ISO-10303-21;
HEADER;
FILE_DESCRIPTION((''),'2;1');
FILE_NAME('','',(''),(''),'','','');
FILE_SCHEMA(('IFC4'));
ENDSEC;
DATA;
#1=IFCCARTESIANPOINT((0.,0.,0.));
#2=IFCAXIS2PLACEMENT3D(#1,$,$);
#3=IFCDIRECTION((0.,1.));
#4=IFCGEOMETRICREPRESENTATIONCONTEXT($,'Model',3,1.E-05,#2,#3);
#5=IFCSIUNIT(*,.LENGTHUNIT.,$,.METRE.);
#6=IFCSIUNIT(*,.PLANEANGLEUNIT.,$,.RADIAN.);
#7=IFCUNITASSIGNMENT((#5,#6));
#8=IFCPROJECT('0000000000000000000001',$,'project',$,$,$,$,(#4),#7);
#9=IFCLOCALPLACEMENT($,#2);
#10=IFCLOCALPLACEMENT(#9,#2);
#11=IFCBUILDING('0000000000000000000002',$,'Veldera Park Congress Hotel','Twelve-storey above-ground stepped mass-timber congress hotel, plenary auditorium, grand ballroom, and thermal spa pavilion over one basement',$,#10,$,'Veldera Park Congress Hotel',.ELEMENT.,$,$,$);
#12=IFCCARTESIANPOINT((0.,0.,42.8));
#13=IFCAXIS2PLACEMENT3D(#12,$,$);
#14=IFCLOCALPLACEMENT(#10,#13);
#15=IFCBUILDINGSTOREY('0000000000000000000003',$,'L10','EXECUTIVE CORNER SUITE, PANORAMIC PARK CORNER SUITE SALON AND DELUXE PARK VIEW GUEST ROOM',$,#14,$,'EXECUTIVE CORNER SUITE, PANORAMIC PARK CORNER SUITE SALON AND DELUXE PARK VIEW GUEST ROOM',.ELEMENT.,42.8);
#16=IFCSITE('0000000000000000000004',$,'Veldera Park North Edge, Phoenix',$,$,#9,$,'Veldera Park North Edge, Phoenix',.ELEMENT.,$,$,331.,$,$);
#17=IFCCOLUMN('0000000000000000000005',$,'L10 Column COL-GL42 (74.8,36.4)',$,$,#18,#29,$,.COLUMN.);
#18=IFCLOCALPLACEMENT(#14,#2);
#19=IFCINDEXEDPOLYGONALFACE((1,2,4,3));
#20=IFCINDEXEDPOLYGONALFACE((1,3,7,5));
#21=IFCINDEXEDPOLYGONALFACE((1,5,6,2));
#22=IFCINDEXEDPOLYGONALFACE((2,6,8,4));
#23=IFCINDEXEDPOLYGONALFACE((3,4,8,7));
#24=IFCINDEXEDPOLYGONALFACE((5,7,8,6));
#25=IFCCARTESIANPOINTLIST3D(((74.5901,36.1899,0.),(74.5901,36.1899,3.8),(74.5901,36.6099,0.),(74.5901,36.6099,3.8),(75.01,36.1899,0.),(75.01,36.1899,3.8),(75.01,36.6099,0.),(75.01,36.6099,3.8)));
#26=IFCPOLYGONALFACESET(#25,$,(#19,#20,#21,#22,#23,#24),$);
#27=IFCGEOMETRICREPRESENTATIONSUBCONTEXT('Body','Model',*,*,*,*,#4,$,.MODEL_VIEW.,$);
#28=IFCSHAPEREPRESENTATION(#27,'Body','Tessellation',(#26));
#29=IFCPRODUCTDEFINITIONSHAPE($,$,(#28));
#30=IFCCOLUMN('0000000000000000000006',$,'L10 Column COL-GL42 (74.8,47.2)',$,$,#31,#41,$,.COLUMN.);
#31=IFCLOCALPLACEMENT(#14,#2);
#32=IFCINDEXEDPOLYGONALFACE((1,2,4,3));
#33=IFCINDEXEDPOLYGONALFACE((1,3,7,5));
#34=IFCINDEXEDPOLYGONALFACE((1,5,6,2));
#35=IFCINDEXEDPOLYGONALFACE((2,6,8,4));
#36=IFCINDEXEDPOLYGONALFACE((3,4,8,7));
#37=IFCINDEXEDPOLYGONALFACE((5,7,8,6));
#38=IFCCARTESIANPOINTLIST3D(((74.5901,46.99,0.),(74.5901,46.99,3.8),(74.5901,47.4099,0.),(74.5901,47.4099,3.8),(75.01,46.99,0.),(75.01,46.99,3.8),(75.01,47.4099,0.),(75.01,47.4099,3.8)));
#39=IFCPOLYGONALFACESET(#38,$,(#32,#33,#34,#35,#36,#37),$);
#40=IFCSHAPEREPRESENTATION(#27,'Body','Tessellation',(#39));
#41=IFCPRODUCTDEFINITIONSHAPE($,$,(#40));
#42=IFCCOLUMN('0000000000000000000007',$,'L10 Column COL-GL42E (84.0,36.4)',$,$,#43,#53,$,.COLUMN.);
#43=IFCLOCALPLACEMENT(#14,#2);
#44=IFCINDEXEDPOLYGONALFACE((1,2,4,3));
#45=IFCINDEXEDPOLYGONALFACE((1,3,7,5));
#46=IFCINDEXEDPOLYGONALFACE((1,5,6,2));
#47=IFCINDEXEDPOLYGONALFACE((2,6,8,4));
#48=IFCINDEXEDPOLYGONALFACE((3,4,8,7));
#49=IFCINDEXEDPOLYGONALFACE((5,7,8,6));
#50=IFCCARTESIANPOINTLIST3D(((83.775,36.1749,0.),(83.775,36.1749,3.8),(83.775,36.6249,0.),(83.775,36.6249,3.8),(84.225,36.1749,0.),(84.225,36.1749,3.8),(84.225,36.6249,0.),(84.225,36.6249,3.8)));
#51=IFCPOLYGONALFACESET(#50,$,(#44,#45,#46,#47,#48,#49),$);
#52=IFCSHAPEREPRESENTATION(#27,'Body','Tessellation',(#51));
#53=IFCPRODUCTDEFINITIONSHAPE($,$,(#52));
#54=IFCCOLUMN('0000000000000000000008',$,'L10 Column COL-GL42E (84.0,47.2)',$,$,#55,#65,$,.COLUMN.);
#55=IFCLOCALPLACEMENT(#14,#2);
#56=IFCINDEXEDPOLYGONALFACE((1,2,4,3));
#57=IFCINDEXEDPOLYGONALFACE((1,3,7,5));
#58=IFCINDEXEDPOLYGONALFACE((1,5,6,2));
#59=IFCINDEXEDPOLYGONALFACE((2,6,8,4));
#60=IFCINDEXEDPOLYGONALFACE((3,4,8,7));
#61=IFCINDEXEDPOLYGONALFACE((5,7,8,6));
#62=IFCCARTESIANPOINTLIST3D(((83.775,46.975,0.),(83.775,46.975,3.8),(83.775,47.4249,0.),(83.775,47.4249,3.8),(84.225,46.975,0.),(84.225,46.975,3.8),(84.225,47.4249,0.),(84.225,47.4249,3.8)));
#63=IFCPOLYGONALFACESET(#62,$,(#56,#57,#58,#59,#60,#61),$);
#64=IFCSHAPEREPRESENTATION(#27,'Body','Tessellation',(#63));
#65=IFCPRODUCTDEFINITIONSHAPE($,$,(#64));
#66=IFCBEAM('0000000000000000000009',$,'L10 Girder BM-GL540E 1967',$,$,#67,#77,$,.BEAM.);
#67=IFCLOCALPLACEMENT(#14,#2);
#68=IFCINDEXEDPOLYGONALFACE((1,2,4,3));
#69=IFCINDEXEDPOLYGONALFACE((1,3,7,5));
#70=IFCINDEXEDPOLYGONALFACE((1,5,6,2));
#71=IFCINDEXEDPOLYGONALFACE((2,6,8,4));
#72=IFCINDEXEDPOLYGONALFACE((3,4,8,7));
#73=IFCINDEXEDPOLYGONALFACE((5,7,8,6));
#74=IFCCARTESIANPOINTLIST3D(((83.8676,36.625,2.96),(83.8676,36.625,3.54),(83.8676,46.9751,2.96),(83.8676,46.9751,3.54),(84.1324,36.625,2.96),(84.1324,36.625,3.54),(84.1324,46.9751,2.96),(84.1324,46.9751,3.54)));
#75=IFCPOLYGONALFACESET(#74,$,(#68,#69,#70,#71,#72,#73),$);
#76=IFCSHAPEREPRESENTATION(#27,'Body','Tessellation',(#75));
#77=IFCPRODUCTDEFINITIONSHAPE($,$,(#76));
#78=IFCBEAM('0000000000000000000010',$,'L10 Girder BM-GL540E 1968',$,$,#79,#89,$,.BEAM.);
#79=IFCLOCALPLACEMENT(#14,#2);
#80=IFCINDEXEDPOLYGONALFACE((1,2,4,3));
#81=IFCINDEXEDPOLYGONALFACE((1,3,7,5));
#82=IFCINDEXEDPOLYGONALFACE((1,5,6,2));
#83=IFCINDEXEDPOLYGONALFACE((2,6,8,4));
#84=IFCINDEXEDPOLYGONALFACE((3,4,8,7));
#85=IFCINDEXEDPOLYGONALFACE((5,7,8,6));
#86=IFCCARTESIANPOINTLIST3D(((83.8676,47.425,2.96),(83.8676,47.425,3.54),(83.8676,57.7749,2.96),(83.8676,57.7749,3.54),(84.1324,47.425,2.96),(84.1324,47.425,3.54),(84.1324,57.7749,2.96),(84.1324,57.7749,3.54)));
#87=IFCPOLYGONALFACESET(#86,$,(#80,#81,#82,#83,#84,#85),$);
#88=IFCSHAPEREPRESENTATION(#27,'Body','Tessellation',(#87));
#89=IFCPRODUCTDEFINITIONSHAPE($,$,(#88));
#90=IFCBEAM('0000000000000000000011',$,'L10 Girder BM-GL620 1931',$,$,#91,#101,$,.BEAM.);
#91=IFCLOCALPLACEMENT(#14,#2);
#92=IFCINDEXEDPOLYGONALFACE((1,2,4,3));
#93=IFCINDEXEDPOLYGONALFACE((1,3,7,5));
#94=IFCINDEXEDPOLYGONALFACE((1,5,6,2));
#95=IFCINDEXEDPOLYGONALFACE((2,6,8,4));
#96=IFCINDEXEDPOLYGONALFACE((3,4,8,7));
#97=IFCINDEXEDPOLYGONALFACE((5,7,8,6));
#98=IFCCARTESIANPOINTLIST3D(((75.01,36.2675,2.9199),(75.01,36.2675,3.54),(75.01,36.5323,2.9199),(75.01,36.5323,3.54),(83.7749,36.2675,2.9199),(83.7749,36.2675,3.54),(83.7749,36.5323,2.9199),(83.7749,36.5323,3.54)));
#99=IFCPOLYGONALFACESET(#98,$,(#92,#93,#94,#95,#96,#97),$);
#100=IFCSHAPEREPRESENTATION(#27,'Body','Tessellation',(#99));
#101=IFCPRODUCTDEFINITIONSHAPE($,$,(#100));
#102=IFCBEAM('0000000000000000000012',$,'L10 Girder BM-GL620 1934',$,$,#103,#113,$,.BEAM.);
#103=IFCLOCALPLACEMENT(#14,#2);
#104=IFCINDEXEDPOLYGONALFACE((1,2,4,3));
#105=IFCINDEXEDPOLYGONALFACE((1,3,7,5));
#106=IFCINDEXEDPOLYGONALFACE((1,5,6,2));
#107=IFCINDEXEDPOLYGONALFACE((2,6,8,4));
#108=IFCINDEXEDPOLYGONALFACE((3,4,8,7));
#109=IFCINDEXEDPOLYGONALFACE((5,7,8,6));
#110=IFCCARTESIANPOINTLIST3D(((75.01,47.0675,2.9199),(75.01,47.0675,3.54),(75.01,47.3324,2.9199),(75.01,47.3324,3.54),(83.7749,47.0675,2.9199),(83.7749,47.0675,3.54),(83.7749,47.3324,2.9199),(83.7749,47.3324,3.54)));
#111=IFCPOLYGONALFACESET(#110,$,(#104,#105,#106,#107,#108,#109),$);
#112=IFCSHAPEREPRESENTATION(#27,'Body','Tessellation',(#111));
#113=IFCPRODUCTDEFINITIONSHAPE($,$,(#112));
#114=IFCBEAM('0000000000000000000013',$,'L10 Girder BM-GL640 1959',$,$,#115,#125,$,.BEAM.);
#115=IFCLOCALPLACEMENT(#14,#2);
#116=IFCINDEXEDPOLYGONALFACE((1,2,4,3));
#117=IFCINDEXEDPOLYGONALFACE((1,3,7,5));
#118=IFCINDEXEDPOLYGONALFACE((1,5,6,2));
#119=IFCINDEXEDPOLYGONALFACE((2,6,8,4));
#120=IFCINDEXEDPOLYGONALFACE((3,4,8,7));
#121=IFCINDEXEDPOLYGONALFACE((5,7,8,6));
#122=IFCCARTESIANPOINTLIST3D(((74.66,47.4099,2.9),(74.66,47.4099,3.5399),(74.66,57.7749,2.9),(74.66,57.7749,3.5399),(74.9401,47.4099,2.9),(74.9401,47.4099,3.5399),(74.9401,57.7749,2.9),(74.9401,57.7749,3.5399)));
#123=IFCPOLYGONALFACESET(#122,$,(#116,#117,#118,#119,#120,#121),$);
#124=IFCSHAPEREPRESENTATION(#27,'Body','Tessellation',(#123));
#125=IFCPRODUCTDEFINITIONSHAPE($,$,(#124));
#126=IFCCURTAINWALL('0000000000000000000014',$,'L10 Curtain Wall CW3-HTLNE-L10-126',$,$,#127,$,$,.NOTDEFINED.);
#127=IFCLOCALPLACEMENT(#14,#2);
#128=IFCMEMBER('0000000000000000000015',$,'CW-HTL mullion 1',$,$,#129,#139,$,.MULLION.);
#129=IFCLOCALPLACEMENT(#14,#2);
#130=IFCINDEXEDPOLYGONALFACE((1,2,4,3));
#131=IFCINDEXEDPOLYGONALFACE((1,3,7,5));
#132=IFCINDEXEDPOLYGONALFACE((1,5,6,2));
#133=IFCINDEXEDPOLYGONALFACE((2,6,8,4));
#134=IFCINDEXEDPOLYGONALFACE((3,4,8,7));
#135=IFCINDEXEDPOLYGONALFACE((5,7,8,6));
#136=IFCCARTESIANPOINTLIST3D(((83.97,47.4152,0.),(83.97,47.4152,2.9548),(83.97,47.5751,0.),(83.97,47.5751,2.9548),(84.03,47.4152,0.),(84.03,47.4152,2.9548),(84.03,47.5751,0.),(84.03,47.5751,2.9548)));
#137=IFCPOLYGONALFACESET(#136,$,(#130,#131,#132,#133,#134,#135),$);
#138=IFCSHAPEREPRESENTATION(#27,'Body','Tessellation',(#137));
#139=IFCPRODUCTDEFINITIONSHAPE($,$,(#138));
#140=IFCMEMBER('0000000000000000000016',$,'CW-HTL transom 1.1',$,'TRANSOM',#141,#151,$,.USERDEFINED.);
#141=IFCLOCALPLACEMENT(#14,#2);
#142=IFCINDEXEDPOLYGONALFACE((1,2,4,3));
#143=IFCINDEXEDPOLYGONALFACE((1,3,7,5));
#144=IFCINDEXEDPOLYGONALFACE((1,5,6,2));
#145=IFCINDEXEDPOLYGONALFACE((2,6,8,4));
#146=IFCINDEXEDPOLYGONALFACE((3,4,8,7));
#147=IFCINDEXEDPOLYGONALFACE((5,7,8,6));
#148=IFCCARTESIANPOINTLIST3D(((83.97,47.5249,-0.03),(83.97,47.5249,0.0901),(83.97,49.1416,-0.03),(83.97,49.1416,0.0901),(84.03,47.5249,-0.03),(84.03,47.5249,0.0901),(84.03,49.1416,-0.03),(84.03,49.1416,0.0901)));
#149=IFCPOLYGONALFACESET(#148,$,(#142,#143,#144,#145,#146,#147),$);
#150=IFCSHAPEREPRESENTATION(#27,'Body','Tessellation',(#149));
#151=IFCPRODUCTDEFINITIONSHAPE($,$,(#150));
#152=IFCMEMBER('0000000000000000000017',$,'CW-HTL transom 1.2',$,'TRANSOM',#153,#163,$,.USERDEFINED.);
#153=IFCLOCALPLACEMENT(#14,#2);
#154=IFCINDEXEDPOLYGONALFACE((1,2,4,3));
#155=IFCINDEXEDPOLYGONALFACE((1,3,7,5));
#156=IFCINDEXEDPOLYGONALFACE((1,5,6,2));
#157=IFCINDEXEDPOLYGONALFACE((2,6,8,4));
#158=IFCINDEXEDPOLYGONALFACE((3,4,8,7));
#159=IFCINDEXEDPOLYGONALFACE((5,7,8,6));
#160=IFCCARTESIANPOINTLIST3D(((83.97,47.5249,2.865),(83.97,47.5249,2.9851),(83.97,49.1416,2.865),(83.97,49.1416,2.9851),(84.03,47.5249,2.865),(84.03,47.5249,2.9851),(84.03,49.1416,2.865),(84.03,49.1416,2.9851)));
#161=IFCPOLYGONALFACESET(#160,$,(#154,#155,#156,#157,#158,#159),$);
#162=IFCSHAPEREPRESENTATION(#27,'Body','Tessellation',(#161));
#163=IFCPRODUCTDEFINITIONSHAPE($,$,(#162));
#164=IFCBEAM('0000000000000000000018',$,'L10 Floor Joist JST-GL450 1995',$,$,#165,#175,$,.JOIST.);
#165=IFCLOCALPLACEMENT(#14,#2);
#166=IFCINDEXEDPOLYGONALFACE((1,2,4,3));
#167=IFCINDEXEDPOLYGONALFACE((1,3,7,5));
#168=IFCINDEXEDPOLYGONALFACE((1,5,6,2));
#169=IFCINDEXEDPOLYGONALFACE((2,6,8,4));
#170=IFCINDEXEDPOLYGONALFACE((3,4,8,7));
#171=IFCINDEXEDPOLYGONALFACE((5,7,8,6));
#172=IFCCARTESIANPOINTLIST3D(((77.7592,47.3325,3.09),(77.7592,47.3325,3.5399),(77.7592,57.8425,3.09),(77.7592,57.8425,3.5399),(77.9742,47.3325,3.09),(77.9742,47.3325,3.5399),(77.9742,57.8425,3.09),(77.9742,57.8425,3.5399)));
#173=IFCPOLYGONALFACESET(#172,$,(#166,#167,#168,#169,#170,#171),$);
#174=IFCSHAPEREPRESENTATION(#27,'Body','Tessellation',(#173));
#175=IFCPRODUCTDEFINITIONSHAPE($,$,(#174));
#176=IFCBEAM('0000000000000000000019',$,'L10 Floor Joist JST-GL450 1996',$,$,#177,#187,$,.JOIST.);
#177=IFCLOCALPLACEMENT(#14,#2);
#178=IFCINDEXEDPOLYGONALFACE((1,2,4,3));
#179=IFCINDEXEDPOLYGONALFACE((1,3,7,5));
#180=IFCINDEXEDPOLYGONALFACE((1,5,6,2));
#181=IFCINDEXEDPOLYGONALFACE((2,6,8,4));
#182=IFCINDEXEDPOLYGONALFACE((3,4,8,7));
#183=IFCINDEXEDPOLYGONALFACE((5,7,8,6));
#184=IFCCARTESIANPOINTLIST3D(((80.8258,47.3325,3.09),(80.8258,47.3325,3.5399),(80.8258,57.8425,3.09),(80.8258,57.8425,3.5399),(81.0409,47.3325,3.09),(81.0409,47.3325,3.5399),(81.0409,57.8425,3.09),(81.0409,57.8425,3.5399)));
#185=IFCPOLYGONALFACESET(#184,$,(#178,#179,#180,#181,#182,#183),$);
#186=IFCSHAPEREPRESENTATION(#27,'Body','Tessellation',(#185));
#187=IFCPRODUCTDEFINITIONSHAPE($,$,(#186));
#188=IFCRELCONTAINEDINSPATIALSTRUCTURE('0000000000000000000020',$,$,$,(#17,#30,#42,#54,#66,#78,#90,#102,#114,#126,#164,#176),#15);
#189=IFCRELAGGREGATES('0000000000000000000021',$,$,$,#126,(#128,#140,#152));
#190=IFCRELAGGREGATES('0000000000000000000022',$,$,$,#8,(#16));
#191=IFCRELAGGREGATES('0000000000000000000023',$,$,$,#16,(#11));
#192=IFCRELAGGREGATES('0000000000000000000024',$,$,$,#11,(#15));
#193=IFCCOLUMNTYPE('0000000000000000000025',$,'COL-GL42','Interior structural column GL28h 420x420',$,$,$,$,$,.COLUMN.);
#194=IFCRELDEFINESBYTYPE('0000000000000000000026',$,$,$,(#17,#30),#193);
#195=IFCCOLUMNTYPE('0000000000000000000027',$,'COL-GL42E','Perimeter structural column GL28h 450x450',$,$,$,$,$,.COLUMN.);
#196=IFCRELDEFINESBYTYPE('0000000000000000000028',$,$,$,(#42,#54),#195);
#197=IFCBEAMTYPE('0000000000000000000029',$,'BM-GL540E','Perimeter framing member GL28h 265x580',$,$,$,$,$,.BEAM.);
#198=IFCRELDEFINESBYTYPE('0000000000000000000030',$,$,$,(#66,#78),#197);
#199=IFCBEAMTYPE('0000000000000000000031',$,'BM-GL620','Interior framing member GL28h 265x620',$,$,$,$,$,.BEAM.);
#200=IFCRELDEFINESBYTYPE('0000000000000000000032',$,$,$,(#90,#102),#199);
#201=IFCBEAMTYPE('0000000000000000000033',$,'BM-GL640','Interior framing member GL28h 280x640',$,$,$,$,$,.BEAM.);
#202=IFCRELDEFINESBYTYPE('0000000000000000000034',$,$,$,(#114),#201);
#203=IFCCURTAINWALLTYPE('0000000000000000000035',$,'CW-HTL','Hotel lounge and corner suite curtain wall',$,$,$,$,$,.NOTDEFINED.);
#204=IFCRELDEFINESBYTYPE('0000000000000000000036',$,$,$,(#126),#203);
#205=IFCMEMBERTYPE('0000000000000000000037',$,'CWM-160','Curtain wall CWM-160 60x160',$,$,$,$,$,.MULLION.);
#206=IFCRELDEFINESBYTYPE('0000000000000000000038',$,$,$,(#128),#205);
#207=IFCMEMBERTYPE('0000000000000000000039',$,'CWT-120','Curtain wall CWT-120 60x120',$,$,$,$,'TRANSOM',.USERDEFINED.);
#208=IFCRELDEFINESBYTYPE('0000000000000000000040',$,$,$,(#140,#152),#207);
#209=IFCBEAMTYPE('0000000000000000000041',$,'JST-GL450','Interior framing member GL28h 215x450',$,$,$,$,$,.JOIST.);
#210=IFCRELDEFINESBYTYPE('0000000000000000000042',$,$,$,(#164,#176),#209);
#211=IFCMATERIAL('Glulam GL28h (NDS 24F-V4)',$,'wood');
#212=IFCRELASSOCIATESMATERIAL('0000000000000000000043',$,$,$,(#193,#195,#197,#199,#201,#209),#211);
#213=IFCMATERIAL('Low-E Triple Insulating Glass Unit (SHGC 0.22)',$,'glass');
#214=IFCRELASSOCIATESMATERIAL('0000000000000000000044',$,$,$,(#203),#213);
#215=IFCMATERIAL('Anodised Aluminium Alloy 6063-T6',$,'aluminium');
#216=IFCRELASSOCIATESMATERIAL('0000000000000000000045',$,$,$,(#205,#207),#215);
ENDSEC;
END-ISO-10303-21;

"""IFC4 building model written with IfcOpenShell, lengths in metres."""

from ifc_helpers import new_model, si_unit, direction, frame, origin, origin_2d, place, context, subcontext, project, spatial, rectangle, extrude, material, material_profile, profile_set, type_object, element, aggregate, save


model = new_model("IFC4")

# Units and contexts
model_context = context("Model", 3, precision=1e-05, world=origin(), true_north=direction((0.0, 1.0)))
body_context = subcontext(model_context, "Body", "Model", "MODEL_VIEW")
ifc_project = project(units=[si_unit("LENGTHUNIT", "METRE"), si_unit("PLANEANGLEUNIT", "RADIAN")], contexts=[model_context])

# Site, building, storey
site_placement = place(None, origin())
site = spatial("IfcSite", under=ifc_project, at=site_placement, Name="Veldera Park North Edge, Phoenix", LongName="Veldera Park North Edge, Phoenix", CompositionType="ELEMENT", RefElevation=331.0)
building_placement = place(site_placement, origin())
building = spatial("IfcBuilding", under=site, at=building_placement, Name="Veldera Park Congress Hotel", Description="Twelve-storey above-ground stepped mass-timber congress hotel, plenary auditorium, grand ballroom, and thermal spa pavilion over one basement", LongName="Veldera Park Congress Hotel", CompositionType="ELEMENT")
storey_placement = place(building_placement, frame((0.0, 0.0, 42.8)))
storey = spatial("IfcBuildingStorey", under=building, at=storey_placement, Name="L10", Description="EXECUTIVE CORNER SUITE, PANORAMIC PARK CORNER SUITE SALON AND DELUXE PARK VIEW GUEST ROOM", LongName="EXECUTIVE CORNER SUITE, PANORAMIC PARK CORNER SUITE SALON AND DELUXE PARK VIEW GUEST ROOM", CompositionType="ELEMENT", Elevation=42.8)

# Columns
ifc_material_1 = material(Name="Glulam GL28h (NDS 24F-V4)", Category="wood")
ifc_material_profile_1 = material_profile(ifc_material_1, rectangle(XDim=0.4199, YDim=0.4199, at=origin_2d()), Name="GL28h 420x420")
ifc_profile_set_1 = profile_set([ifc_material_profile_1], Name="Glulam GL28h (NDS 24F-V4)")
column_type_1 = type_object("IfcColumnType", Name="COL-GL42", Description="Interior structural column GL28h 420x420", PredefinedType="COLUMN", material=ifc_profile_set_1)
for number, where, z_axis, x_axis, name in (
    (1, (74.8, 36.3999, 0.0), (0.0, 0.0, 1.0), (1.0, 0.0, 0.0), "L10 Column COL-GL42 (74.8,36.4)"),
    (2, (74.8, 47.2, 0.0), (0.0, 0.0, 1.0), (1.0, 0.0, 0.0), "L10 Column COL-GL42 (74.8,47.2)"),
):
    element("IfcColumn", number, at=place(storey_placement, frame(where, z_axis=z_axis, x_axis=x_axis)), inside=storey, type_object=column_type_1, Name=name, PredefinedType="COLUMN", context=body_context, shape_type="SweptSolid", body=[
        extrude(rectangle(XDim=0.4199, YDim=0.4199, at=origin_2d()), origin(), (0.0, 0.0, 1.0), 3.8),
    ])
ifc_material_profile_2 = material_profile(ifc_material_1, rectangle(XDim=0.45, YDim=0.45, at=origin_2d()), Name="GL28h 450x450")
ifc_profile_set_2 = profile_set([ifc_material_profile_2], Name="Glulam GL28h (NDS 24F-V4)")
column_type_2 = type_object("IfcColumnType", Name="COL-GL42E", Description="Perimeter structural column GL28h 450x450", PredefinedType="COLUMN", material=ifc_profile_set_2)
for number, where, z_axis, x_axis, name in (
    (3, (84.0, 36.3999, 0.0), (0.0, 0.0, 1.0), (1.0, 0.0, 0.0), "L10 Column COL-GL42E (84.0,36.4)"),
    (4, (84.0, 47.2, 0.0), (0.0, 0.0, 1.0), (1.0, 0.0, 0.0), "L10 Column COL-GL42E (84.0,47.2)"),
):
    element("IfcColumn", number, at=place(storey_placement, frame(where, z_axis=z_axis, x_axis=x_axis)), inside=storey, type_object=column_type_2, Name=name, PredefinedType="COLUMN", context=body_context, shape_type="SweptSolid", body=[
        extrude(rectangle(XDim=0.45, YDim=0.45, at=origin_2d()), origin(), (0.0, 0.0, 1.0), 3.8),
    ])

# Beams
ifc_material_profile_3 = material_profile(ifc_material_1, rectangle(XDim=0.2649, YDim=0.5801, at=origin_2d()), Name="GL28h 265x580")
ifc_profile_set_3 = profile_set([ifc_material_profile_3], Name="Glulam GL28h (NDS 24F-V4)")
beam_type_1 = type_object("IfcBeamType", Name="BM-GL540E", Description="Perimeter framing member GL28h 265x580", PredefinedType="BEAM", material=ifc_profile_set_3)
beam_1_placement = place(storey_placement, frame((84.0, 36.625, 3.25), z_axis=(0.0, 1.0, 0.0), x_axis=(-1.0, 0.0, 0.0)))
element("IfcBeam", 5, at=beam_1_placement, inside=storey, type_object=beam_type_1, Name="L10 Girder BM-GL540E 1967", PredefinedType="BEAM", context=body_context, shape_type="SweptSolid", body=[
    extrude(rectangle(XDim=0.2649, YDim=0.5801, at=origin_2d()), origin(), (0.0, 0.0, 1.0), 10.3501),
])
beam_2_placement = place(storey_placement, frame((84.0, 47.425, 3.25), z_axis=(0.0, 1.0, 0.0), x_axis=(-1.0, 0.0, 0.0)))
element("IfcBeam", 6, at=beam_2_placement, inside=storey, type_object=beam_type_1, Name="L10 Girder BM-GL540E 1968", PredefinedType="BEAM", context=body_context, shape_type="SweptSolid", body=[
    extrude(rectangle(XDim=0.2649, YDim=0.5801, at=origin_2d()), origin(), (0.0, 0.0, 1.0), 10.3499),
])
ifc_material_profile_4 = material_profile(ifc_material_1, rectangle(XDim=0.2649, YDim=0.6201, at=origin_2d()), Name="GL28h 265x620")
ifc_profile_set_4 = profile_set([ifc_material_profile_4], Name="Glulam GL28h (NDS 24F-V4)")
beam_type_2 = type_object("IfcBeamType", Name="BM-GL620", Description="Interior framing member GL28h 265x620", PredefinedType="BEAM", material=ifc_profile_set_4)
for number, where, z_axis, x_axis, name in (
    (7, (75.01, 36.3999, 3.23), (1.0, 0.0, 0.0), (0.0, 1.0, 0.0), "L10 Girder BM-GL620 1931"),
    (8, (75.01, 47.2, 3.23), (1.0, 0.0, 0.0), (0.0, 1.0, 0.0), "L10 Girder BM-GL620 1934"),
):
    element("IfcBeam", number, at=place(storey_placement, frame(where, z_axis=z_axis, x_axis=x_axis)), inside=storey, type_object=beam_type_2, Name=name, PredefinedType="BEAM", context=body_context, shape_type="SweptSolid", body=[
        extrude(rectangle(XDim=0.2649, YDim=0.6201, at=origin_2d()), origin(), (0.0, 0.0, 1.0), 8.7649),
    ])
ifc_material_profile_5 = material_profile(ifc_material_1, rectangle(XDim=0.28, YDim=0.6399, at=origin_2d()), Name="GL28h 280x640")
ifc_profile_set_5 = profile_set([ifc_material_profile_5], Name="Glulam GL28h (NDS 24F-V4)")
beam_type_3 = type_object("IfcBeamType", Name="BM-GL640", Description="Interior framing member GL28h 280x640", PredefinedType="BEAM", material=ifc_profile_set_5)
beam_3_placement = place(storey_placement, frame((74.8, 47.4099, 3.22), z_axis=(0.0, 1.0, 0.0), x_axis=(-1.0, 0.0, 0.0)))
element("IfcBeam", 9, at=beam_3_placement, inside=storey, type_object=beam_type_3, Name="L10 Girder BM-GL640 1959", PredefinedType="BEAM", context=body_context, shape_type="SweptSolid", body=[
    extrude(rectangle(XDim=0.28, YDim=0.6399, at=origin_2d()), origin(), (0.0, 0.0, 1.0), 10.365),
])

# Curtain wall, members
ifc_material_2 = material(Name="Low-E Triple Insulating Glass Unit (SHGC 0.22)", Category="glass")
curtain_wall_type = type_object("IfcCurtainWallType", Name="CW-HTL", Description="Hotel lounge and corner suite curtain wall", PredefinedType="NOTDEFINED", material=ifc_material_2)
curtain_wall_placement = place(storey_placement, origin())
curtain_wall = element("IfcCurtainWall", 10, at=curtain_wall_placement, inside=storey, type_object=curtain_wall_type, Name="L10 Curtain Wall CW3-HTLNE-L10-126", PredefinedType="NOTDEFINED")
ifc_material_3 = material(Name="Anodised Aluminium Alloy 6063-T6", Category="aluminium")
ifc_material_profile_6 = material_profile(ifc_material_3, rectangle(XDim=0.0601, YDim=0.1599, at=origin_2d()), Name="ALU 60x160")
ifc_profile_set_6 = profile_set([ifc_material_profile_6], Name="Anodised Aluminium Alloy 6063-T6")
member_type_1 = type_object("IfcMemberType", Name="CWM-160", Description="Curtain wall CWM-160 60x160", PredefinedType="MULLION", material=ifc_profile_set_6)
member_1_placement = place(storey_placement, frame((84.0, 47.4951, 0.0), z_axis=(0.0, 0.0, 1.0), x_axis=(-1.0, 0.0, 0.0)))
member_1 = element("IfcMember", 11, at=member_1_placement, type_object=member_type_1, Name="CW-HTL mullion 1", PredefinedType="MULLION", context=body_context, shape_type="SweptSolid", body=[
    extrude(rectangle(XDim=0.0601, YDim=0.1599, at=origin_2d()), origin(), (0.0, 0.0, 1.0), 2.9548),
])
ifc_material_profile_7 = material_profile(ifc_material_3, rectangle(XDim=0.0601, YDim=0.1201, at=origin_2d()), Name="ALU 60x120")
ifc_profile_set_7 = profile_set([ifc_material_profile_7], Name="Anodised Aluminium Alloy 6063-T6")
member_type_2 = type_object("IfcMemberType", Name="CWT-120", Description="Curtain wall CWT-120 60x120", ElementType="TRANSOM", PredefinedType="USERDEFINED", material=ifc_profile_set_7)
member_2_placement = place(storey_placement, frame((84.0, 47.5249, 0.03), z_axis=(0.0, 1.0, 0.0), x_axis=(-1.0, 0.0, 0.0)))
member_2 = element("IfcMember", 12, at=member_2_placement, type_object=member_type_2, Name="CW-HTL transom 1.1", ObjectType="TRANSOM", PredefinedType="USERDEFINED", context=body_context, shape_type="SweptSolid", body=[
    extrude(rectangle(XDim=0.0601, YDim=0.1201, at=origin_2d()), origin(), (0.0, 0.0, 1.0), 1.6167),
])
member_3_placement = place(storey_placement, frame((84.0, 47.5249, 2.925), z_axis=(0.0, 1.0, 0.0), x_axis=(-1.0, 0.0, 0.0)))
member_3 = element("IfcMember", 13, at=member_3_placement, type_object=member_type_2, Name="CW-HTL transom 1.2", ObjectType="TRANSOM", PredefinedType="USERDEFINED", context=body_context, shape_type="SweptSolid", body=[
    extrude(rectangle(XDim=0.0601, YDim=0.1201, at=origin_2d()), origin(), (0.0, 0.0, 1.0), 1.6167),
])
aggregate(curtain_wall, [member_1, member_2, member_3])

# Beams
ifc_material_profile_8 = material_profile(ifc_material_1, rectangle(XDim=0.2151, YDim=0.45, at=origin_2d()), Name="GL28h 215x450")
ifc_profile_set_8 = profile_set([ifc_material_profile_8], Name="Glulam GL28h (NDS 24F-V4)")
beam_type_4 = type_object("IfcBeamType", Name="JST-GL450", Description="Interior framing member GL28h 215x450", PredefinedType="JOIST", material=ifc_profile_set_8)
for number, where, z_axis, x_axis, name in (
    (14, (77.8667, 47.3325, 3.3149), (0.0, 1.0, 0.0), (-1.0, 0.0, 0.0), "L10 Floor Joist JST-GL450 1995"),
    (15, (80.9333, 47.3325, 3.3149), (0.0, 1.0, 0.0), (-1.0, 0.0, 0.0), "L10 Floor Joist JST-GL450 1996"),
):
    element("IfcBeam", number, at=place(storey_placement, frame(where, z_axis=z_axis, x_axis=x_axis)), inside=storey, type_object=beam_type_4, Name=name, PredefinedType="JOIST", context=body_context, shape_type="SweptSolid", body=[
        extrude(rectangle(XDim=0.2151, YDim=0.45, at=origin_2d()), origin(), (0.0, 0.0, 1.0), 10.51),
    ])

save(model, "model.ifc")
